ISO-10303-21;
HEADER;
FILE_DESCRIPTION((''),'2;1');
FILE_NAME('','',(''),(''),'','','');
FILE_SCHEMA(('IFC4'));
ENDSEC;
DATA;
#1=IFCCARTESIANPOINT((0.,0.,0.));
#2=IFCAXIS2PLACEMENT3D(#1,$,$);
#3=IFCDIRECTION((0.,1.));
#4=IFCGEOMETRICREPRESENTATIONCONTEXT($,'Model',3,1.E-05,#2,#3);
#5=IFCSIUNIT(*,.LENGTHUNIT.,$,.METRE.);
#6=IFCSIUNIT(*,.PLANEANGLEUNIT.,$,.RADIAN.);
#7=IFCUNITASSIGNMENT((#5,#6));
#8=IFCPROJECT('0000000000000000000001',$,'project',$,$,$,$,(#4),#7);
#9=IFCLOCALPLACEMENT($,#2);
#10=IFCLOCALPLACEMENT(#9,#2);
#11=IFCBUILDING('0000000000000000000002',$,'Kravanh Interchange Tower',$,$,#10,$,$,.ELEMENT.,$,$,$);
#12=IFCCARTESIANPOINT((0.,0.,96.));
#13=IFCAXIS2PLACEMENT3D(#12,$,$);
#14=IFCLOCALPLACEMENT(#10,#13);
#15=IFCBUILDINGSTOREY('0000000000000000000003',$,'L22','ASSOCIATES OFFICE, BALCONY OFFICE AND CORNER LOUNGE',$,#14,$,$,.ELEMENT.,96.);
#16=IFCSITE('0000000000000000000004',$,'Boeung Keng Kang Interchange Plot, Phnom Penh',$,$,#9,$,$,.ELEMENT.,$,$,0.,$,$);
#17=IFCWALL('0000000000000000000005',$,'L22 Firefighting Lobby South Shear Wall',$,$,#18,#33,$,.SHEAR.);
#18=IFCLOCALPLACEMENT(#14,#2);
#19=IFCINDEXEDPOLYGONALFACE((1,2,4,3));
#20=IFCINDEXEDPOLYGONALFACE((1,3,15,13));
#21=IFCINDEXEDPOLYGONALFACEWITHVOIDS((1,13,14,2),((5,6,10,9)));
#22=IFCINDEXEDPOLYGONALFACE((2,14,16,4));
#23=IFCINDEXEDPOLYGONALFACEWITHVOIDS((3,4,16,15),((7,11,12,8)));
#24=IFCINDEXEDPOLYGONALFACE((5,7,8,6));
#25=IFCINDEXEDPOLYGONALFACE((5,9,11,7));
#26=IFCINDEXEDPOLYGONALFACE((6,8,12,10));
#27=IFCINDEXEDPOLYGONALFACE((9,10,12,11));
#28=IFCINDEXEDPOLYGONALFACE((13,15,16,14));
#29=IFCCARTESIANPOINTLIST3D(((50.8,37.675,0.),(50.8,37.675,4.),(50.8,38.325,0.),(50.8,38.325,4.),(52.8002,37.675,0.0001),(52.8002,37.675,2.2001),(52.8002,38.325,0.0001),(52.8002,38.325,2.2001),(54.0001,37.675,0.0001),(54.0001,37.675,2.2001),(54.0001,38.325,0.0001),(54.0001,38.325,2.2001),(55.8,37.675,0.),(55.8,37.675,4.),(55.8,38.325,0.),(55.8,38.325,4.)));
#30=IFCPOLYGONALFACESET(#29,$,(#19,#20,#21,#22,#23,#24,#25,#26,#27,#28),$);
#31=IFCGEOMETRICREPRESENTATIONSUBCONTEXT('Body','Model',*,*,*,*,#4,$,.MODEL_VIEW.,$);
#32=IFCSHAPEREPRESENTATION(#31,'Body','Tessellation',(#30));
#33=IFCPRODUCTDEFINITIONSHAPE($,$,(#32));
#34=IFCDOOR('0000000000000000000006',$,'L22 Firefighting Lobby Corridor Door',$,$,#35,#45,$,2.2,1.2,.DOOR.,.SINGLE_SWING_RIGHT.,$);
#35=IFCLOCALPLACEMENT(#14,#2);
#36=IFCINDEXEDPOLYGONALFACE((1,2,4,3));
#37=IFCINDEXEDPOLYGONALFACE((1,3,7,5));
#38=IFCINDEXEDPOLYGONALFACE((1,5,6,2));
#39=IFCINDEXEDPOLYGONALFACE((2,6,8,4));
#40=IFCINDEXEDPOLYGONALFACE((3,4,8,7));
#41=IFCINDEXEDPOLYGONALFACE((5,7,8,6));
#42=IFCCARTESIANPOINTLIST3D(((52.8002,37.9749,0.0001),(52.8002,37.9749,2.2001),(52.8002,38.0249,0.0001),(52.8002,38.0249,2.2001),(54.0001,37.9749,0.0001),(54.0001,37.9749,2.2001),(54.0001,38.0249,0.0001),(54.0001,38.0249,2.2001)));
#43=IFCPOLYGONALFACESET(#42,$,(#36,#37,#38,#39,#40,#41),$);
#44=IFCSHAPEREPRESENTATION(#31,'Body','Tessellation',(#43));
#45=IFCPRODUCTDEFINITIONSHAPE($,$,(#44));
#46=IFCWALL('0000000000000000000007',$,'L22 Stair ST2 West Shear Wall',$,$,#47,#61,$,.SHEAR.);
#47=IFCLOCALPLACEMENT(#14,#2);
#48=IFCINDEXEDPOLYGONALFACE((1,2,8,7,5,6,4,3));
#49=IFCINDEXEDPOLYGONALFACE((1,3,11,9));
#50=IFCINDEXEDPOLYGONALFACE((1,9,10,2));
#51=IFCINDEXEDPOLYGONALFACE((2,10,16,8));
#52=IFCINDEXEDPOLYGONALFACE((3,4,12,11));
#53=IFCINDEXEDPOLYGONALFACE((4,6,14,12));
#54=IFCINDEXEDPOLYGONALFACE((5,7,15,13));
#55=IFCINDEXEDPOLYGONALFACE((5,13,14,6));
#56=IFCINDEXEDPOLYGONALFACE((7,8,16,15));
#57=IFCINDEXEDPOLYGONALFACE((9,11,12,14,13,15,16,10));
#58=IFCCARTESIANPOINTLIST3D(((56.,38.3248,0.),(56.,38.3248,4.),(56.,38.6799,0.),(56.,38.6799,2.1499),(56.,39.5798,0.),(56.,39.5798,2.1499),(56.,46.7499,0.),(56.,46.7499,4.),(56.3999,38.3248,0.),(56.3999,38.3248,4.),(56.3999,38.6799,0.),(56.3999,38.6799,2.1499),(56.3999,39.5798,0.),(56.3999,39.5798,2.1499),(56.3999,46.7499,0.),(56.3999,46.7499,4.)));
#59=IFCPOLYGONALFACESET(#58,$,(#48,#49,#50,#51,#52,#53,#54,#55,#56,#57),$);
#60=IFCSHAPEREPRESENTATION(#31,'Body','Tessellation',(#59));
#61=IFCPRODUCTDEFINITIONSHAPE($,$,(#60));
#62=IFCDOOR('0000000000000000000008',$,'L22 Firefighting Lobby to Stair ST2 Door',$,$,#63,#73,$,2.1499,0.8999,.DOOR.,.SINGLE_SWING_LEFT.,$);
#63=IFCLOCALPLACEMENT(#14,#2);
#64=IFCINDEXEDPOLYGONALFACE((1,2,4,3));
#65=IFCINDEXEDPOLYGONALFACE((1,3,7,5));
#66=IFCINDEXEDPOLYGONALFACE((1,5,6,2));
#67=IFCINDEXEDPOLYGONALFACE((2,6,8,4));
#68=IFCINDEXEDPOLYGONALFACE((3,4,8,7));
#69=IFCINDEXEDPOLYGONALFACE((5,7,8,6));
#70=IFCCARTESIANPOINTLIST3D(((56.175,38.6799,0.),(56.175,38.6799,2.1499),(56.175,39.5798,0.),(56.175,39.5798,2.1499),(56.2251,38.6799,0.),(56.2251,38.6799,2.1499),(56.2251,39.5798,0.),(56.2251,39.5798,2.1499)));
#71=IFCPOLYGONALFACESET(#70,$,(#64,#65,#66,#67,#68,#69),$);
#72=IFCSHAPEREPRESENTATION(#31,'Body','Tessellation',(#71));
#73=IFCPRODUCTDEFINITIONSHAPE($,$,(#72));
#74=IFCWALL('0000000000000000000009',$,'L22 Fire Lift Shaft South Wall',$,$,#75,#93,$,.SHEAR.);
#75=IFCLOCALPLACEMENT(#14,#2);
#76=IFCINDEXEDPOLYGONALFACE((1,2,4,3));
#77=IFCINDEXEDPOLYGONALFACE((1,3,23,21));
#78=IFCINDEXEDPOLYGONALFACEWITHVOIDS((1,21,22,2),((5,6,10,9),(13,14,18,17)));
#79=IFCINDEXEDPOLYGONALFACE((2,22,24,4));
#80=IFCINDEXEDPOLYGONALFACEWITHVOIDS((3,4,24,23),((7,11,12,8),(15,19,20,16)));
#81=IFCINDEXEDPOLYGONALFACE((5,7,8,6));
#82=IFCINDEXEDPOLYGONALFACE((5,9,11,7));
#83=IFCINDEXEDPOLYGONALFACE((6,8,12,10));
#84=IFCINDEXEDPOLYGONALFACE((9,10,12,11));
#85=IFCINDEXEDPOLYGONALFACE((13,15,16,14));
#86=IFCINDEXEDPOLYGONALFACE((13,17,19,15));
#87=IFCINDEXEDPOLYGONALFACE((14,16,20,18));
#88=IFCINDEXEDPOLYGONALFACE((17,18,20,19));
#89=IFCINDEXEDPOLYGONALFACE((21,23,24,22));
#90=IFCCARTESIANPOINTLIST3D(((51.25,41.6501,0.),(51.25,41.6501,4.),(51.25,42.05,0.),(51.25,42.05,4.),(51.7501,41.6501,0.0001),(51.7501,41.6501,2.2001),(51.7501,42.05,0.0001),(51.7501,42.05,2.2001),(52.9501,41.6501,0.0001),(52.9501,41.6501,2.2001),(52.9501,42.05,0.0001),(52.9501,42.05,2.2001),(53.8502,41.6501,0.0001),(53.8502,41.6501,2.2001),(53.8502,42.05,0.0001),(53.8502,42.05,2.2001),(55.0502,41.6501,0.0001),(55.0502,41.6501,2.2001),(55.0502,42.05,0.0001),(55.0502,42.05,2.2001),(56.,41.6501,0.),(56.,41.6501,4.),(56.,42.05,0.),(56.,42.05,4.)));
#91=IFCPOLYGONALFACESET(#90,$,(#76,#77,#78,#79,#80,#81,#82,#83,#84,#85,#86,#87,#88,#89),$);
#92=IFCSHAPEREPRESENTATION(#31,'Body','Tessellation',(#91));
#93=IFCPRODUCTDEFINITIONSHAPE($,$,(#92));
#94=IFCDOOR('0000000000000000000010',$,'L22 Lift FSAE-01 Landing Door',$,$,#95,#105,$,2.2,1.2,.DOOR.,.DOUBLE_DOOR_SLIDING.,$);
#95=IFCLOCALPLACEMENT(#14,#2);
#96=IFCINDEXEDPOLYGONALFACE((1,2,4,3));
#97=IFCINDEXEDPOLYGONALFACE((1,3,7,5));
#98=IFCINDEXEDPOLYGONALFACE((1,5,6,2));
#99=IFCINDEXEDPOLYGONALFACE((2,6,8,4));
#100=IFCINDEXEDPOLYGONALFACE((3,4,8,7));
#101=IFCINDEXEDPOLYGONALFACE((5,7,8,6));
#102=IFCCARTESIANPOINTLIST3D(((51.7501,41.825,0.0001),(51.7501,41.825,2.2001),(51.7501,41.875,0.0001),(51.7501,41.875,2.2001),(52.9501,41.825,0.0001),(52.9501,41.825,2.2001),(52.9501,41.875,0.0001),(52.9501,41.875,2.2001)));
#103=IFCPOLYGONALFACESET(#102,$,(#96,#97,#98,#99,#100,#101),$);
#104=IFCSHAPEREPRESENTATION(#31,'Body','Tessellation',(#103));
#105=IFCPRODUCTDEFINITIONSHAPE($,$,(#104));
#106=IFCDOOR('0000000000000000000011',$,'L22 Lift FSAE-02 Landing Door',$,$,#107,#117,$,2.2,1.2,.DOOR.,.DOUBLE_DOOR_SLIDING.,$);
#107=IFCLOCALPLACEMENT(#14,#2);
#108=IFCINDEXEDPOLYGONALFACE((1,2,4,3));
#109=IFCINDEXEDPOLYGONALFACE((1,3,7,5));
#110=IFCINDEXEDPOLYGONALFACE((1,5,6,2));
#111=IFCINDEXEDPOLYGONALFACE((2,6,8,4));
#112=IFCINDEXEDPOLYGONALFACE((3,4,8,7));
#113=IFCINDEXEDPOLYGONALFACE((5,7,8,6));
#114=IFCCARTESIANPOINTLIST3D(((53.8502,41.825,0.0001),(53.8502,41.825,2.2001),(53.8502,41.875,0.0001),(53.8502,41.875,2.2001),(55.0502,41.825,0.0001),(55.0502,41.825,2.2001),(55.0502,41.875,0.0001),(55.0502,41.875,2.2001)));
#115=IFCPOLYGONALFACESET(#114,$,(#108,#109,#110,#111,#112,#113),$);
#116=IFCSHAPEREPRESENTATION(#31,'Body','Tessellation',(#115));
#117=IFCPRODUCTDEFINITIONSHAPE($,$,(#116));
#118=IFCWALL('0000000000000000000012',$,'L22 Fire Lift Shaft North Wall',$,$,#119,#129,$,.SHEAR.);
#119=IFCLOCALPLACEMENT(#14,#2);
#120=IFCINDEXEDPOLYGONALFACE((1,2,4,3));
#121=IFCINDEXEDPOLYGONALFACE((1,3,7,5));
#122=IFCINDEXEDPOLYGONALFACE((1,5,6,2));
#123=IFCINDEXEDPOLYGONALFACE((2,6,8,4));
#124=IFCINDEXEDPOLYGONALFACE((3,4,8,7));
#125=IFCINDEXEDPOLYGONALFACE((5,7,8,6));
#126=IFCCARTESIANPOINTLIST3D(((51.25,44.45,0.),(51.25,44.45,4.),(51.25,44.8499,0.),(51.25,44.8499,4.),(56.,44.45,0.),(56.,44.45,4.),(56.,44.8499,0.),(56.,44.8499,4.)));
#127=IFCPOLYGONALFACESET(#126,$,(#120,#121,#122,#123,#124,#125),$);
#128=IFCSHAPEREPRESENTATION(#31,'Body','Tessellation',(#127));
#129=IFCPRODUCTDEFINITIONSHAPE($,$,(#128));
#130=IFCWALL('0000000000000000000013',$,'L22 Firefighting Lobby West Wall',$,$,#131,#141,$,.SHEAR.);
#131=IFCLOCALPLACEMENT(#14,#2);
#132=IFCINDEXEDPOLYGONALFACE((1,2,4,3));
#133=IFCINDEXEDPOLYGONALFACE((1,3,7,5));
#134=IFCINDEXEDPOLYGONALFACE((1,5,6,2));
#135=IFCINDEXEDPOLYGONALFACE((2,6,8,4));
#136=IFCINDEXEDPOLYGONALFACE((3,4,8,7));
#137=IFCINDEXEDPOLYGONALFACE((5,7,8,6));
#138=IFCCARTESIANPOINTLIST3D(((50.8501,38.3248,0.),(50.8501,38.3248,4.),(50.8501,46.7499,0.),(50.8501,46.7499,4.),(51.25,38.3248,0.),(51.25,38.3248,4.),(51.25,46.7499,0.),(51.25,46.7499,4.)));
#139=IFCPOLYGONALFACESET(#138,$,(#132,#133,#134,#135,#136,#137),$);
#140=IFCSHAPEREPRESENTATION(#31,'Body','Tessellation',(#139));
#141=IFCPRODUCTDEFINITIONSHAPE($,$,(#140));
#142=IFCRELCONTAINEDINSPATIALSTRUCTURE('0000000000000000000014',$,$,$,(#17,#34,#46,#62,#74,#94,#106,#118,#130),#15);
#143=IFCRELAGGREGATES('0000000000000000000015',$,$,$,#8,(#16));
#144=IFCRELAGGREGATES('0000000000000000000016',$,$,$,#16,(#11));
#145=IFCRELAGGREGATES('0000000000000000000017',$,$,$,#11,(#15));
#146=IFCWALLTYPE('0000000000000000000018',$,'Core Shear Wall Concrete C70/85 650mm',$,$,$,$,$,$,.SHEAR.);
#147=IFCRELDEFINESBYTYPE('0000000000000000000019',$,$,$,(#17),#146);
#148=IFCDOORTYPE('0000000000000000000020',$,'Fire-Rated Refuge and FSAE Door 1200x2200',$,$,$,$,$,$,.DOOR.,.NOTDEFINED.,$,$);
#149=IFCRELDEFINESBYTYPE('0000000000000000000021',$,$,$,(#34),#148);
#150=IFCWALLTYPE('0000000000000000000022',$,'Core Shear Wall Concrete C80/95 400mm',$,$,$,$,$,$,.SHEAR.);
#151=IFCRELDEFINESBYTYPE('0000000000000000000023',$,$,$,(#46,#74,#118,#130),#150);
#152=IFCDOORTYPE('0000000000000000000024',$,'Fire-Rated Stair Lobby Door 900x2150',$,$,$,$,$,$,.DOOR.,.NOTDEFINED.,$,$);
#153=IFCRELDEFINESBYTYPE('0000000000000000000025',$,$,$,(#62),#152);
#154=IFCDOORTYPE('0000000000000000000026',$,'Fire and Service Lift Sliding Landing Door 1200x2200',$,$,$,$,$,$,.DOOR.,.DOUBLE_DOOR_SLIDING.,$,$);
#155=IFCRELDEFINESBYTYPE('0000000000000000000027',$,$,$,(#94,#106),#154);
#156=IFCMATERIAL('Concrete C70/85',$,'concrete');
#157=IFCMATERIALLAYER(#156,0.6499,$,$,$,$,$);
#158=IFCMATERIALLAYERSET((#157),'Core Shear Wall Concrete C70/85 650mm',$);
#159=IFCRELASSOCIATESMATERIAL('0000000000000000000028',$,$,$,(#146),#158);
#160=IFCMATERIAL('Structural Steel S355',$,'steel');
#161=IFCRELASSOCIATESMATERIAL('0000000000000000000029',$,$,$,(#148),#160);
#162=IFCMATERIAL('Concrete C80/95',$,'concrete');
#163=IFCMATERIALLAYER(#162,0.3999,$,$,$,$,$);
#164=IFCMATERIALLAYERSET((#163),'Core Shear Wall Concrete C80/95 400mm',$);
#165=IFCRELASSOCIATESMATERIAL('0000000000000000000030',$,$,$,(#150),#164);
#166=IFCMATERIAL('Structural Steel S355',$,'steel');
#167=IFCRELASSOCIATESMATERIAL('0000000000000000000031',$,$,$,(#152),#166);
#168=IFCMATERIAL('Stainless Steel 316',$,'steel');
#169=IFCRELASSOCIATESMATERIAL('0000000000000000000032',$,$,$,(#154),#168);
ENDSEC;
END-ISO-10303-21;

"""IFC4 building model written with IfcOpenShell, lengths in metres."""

from ifc_helpers import new_model, si_unit, direction, frame, frame_2d, origin, place, context, subcontext, project, spatial, rectangle, extrude, material, layer, layer_set, type_object, element, fill, save


model = new_model("IFC4")

# Units and contexts
model_context = context("Model", 3, precision=1e-05, world=origin(), true_north=direction((0.0, 1.0)))
body_context = subcontext(model_context, "Body", "Model", "MODEL_VIEW")
ifc_project = project(units=[si_unit("LENGTHUNIT", "METRE"), si_unit("PLANEANGLEUNIT", "RADIAN")], contexts=[model_context])

# Site, building, storey
site_placement = place(None, origin())
site = spatial("IfcSite", under=ifc_project, at=site_placement, Name="Boeung Keng Kang Interchange Plot, Phnom Penh", CompositionType="ELEMENT", RefElevation=0.0)
building_placement = place(site_placement, origin())
building = spatial("IfcBuilding", under=site, at=building_placement, Name="Kravanh Interchange Tower", CompositionType="ELEMENT")
storey_placement = place(building_placement, frame((0.0, 0.0, 96.0)))
storey = spatial("IfcBuildingStorey", under=building, at=storey_placement, Name="L22", Description="ASSOCIATES OFFICE, BALCONY OFFICE AND CORNER LOUNGE", CompositionType="ELEMENT", Elevation=96.0)

# Shared definitions
ifc_material_1 = material(Name="Concrete C70/85", Category="concrete")
ifc_layer_1 = layer(ifc_material_1, 0.6499)
ifc_layer_set_1 = layer_set([ifc_layer_1], Name="Core Shear Wall Concrete C70/85 650mm")
wall_type_1 = type_object("IfcWallType", Name="Core Shear Wall Concrete C70/85 650mm", PredefinedType="SHEAR", material=ifc_layer_set_1)

# Walls, openings, doors
wall_1_placement = place(storey_placement, frame((50.8, 38.0, 0.0), z_axis=(0.0, 0.0, 1.0), x_axis=(1.0, 0.0, 0.0)))
wall_1 = element("IfcWall", 1, at=wall_1_placement, inside=storey, type_object=wall_type_1, Name="L22 Firefighting Lobby South Shear Wall", PredefinedType="SHEAR", context=body_context, shape_type="SweptSolid", body=[
    extrude(rectangle(XDim=5.0, YDim=0.6499, at=frame_2d((2.5, 0.0))), origin(), (0.0, 0.0, 1.0), 4.0),
])
opening_1_placement = place(wall_1_placement, frame((2.0, 0.0, 0.0)))
opening_1 = element("IfcOpeningElement", 2, at=opening_1_placement, cuts=wall_1, PredefinedType="OPENING", context=body_context, shape_type="SweptSolid", body=[
    extrude(rectangle(XDim=1.2, YDim=2.2, at=frame_2d((0.6001, 1.1001))), frame((0.0, 0.335, 0.0), z_axis=(0.0, -1.0, 0.0), x_axis=(1.0, 0.0, 0.0)), (0.0, 0.0, 1.0), 0.6699),
])
ifc_material_2 = material(Name="Structural Steel S355", Category="steel")
door_type_1 = type_object("IfcDoorType", Name="Fire-Rated Refuge and FSAE Door 1200x2200", OperationType="NOTDEFINED", PredefinedType="DOOR", material=ifc_material_2)
door_1_placement = place(opening_1_placement, origin())
door_1 = element("IfcDoor", 3, at=door_1_placement, inside=storey, type_object=door_type_1, Name="L22 Firefighting Lobby Corridor Door", OperationType="SINGLE_SWING_RIGHT", OverallHeight=2.2, OverallWidth=1.2, PredefinedType="DOOR", context=body_context, shape_type="SweptSolid", body=[
    extrude(rectangle(XDim=1.2, YDim=2.2, at=frame_2d((0.6001, 1.1001))), frame((0.0, 0.0249, 0.0), z_axis=(0.0, -1.0, 0.0), x_axis=(1.0, 0.0, 0.0)), (0.0, 0.0, 1.0), 0.05),
])
fill(opening_1, door_1)
ifc_material_3 = material(Name="Concrete C80/95", Category="concrete")
ifc_layer_2 = layer(ifc_material_3, 0.3999)
ifc_layer_set_2 = layer_set([ifc_layer_2], Name="Core Shear Wall Concrete C80/95 400mm")
wall_type_2 = type_object("IfcWallType", Name="Core Shear Wall Concrete C80/95 400mm", PredefinedType="SHEAR", material=ifc_layer_set_2)
wall_2_placement = place(storey_placement, frame((56.2, 38.325, 0.0), z_axis=(0.0, 0.0, 1.0), x_axis=(0.0, 1.0, 0.0)))
wall_2 = element("IfcWall", 4, at=wall_2_placement, inside=storey, type_object=wall_type_2, Name="L22 Stair ST2 West Shear Wall", PredefinedType="SHEAR", context=body_context, shape_type="SweptSolid", body=[
    extrude(rectangle(XDim=8.425, YDim=0.3999, at=frame_2d((4.2124, 0.0))), origin(), (0.0, 0.0, 1.0), 4.0),
])
opening_2_placement = place(wall_2_placement, frame((0.355, 0.0, 0.0)))
opening_2 = element("IfcOpeningElement", 5, at=opening_2_placement, cuts=wall_2, PredefinedType="OPENING", context=body_context, shape_type="SweptSolid", body=[
    extrude(rectangle(XDim=0.8999, YDim=2.1499, at=frame_2d((0.45, 1.075))), frame((0.0, 0.21, 0.0), z_axis=(0.0, -1.0, 0.0), x_axis=(1.0, 0.0, 0.0)), (0.0, 0.0, 1.0), 0.4199),
])
ifc_material_4 = material(Name="Structural Steel S355", Category="steel")
door_type_2 = type_object("IfcDoorType", Name="Fire-Rated Stair Lobby Door 900x2150", OperationType="NOTDEFINED", PredefinedType="DOOR", material=ifc_material_4)
door_2_placement = place(opening_2_placement, origin())
door_2 = element("IfcDoor", 6, at=door_2_placement, inside=storey, type_object=door_type_2, Name="L22 Firefighting Lobby to Stair ST2 Door", OperationType="SINGLE_SWING_LEFT", OverallHeight=2.1499, OverallWidth=0.8999, PredefinedType="DOOR", context=body_context, shape_type="SweptSolid", body=[
    extrude(rectangle(XDim=0.8999, YDim=2.1499, at=frame_2d((0.45, 1.075))), frame((0.0, 0.0249, 0.0), z_axis=(0.0, -1.0, 0.0), x_axis=(1.0, 0.0, 0.0)), (0.0, 0.0, 1.0), 0.05),
])
fill(opening_2, door_2)

# Wall, openings, doors
wall_3_placement = place(storey_placement, frame((51.25, 41.8501, 0.0), z_axis=(0.0, 0.0, 1.0), x_axis=(1.0, 0.0, 0.0)))
wall_3 = element("IfcWall", 7, at=wall_3_placement, inside=storey, type_object=wall_type_2, Name="L22 Fire Lift Shaft South Wall", PredefinedType="SHEAR", context=body_context, shape_type="SweptSolid", body=[
    extrude(rectangle(XDim=4.75, YDim=0.3999, at=frame_2d((2.375, 0.0))), origin(), (0.0, 0.0, 1.0), 4.0),
])
opening_3_placement = place(wall_3_placement, frame((0.5, 0.0, 0.0)))
opening_3 = element("IfcOpeningElement", 8, at=opening_3_placement, cuts=wall_3, PredefinedType="OPENING", context=body_context, shape_type="SweptSolid", body=[
    extrude(rectangle(XDim=1.2, YDim=2.2, at=frame_2d((0.6001, 1.1001))), frame((0.0, 0.21, 0.0), z_axis=(0.0, -1.0, 0.0), x_axis=(1.0, 0.0, 0.0)), (0.0, 0.0, 1.0), 0.4199),
])
opening_4_placement = place(wall_3_placement, frame((2.6001, 0.0, 0.0)))
opening_4 = element("IfcOpeningElement", 9, at=opening_4_placement, cuts=wall_3, PredefinedType="OPENING", context=body_context, shape_type="SweptSolid", body=[
    extrude(rectangle(XDim=1.2, YDim=2.2, at=frame_2d((0.6001, 1.1001))), frame((0.0, 0.21, 0.0), z_axis=(0.0, -1.0, 0.0), x_axis=(1.0, 0.0, 0.0)), (0.0, 0.0, 1.0), 0.4199),
])
ifc_material_5 = material(Name="Stainless Steel 316", Category="steel")
door_type_3 = type_object("IfcDoorType", Name="Fire and Service Lift Sliding Landing Door 1200x2200", OperationType="DOUBLE_DOOR_SLIDING", PredefinedType="DOOR", material=ifc_material_5)
door_3_placement = place(opening_3_placement, origin())
door_3 = element("IfcDoor", 10, at=door_3_placement, inside=storey, type_object=door_type_3, Name="L22 Lift FSAE-01 Landing Door", OperationType="DOUBLE_DOOR_SLIDING", OverallHeight=2.2, OverallWidth=1.2, PredefinedType="DOOR", context=body_context, shape_type="SweptSolid", body=[
    extrude(rectangle(XDim=1.2, YDim=2.2, at=frame_2d((0.6001, 1.1001))), frame((0.0, 0.0249, 0.0), z_axis=(0.0, -1.0, 0.0), x_axis=(1.0, 0.0, 0.0)), (0.0, 0.0, 1.0), 0.05),
])
fill(opening_3, door_3)
door_4_placement = place(opening_4_placement, origin())
door_4 = element("IfcDoor", 11, at=door_4_placement, inside=storey, type_object=door_type_3, Name="L22 Lift FSAE-02 Landing Door", OperationType="DOUBLE_DOOR_SLIDING", OverallHeight=2.2, OverallWidth=1.2, PredefinedType="DOOR", context=body_context, shape_type="SweptSolid", body=[
    extrude(rectangle(XDim=1.2, YDim=2.2, at=frame_2d((0.6001, 1.1001))), frame((0.0, 0.0249, 0.0), z_axis=(0.0, -1.0, 0.0), x_axis=(1.0, 0.0, 0.0)), (0.0, 0.0, 1.0), 0.05),
])
fill(opening_4, door_4)

# Walls
wall_4_placement = place(storey_placement, frame((51.25, 44.6499, 0.0), z_axis=(0.0, 0.0, 1.0), x_axis=(1.0, 0.0, 0.0)))
element("IfcWall", 12, at=wall_4_placement, inside=storey, type_object=wall_type_2, Name="L22 Fire Lift Shaft North Wall", PredefinedType="SHEAR", context=body_context, shape_type="SweptSolid", body=[
    extrude(rectangle(XDim=4.75, YDim=0.3999, at=frame_2d((2.375, 0.0))), origin(), (0.0, 0.0, 1.0), 4.0),
])
wall_5_placement = place(storey_placement, frame((51.05, 38.325, 0.0), z_axis=(0.0, 0.0, 1.0), x_axis=(0.0, 1.0, 0.0)))
element("IfcWall", 13, at=wall_5_placement, inside=storey, type_object=wall_type_2, Name="L22 Firefighting Lobby West Wall", PredefinedType="SHEAR", context=body_context, shape_type="SweptSolid", body=[
    extrude(rectangle(XDim=8.425, YDim=0.3999, at=frame_2d((4.2124, 0.0))), origin(), (0.0, 0.0, 1.0), 4.0),
])

save(model, "model.ifc")
